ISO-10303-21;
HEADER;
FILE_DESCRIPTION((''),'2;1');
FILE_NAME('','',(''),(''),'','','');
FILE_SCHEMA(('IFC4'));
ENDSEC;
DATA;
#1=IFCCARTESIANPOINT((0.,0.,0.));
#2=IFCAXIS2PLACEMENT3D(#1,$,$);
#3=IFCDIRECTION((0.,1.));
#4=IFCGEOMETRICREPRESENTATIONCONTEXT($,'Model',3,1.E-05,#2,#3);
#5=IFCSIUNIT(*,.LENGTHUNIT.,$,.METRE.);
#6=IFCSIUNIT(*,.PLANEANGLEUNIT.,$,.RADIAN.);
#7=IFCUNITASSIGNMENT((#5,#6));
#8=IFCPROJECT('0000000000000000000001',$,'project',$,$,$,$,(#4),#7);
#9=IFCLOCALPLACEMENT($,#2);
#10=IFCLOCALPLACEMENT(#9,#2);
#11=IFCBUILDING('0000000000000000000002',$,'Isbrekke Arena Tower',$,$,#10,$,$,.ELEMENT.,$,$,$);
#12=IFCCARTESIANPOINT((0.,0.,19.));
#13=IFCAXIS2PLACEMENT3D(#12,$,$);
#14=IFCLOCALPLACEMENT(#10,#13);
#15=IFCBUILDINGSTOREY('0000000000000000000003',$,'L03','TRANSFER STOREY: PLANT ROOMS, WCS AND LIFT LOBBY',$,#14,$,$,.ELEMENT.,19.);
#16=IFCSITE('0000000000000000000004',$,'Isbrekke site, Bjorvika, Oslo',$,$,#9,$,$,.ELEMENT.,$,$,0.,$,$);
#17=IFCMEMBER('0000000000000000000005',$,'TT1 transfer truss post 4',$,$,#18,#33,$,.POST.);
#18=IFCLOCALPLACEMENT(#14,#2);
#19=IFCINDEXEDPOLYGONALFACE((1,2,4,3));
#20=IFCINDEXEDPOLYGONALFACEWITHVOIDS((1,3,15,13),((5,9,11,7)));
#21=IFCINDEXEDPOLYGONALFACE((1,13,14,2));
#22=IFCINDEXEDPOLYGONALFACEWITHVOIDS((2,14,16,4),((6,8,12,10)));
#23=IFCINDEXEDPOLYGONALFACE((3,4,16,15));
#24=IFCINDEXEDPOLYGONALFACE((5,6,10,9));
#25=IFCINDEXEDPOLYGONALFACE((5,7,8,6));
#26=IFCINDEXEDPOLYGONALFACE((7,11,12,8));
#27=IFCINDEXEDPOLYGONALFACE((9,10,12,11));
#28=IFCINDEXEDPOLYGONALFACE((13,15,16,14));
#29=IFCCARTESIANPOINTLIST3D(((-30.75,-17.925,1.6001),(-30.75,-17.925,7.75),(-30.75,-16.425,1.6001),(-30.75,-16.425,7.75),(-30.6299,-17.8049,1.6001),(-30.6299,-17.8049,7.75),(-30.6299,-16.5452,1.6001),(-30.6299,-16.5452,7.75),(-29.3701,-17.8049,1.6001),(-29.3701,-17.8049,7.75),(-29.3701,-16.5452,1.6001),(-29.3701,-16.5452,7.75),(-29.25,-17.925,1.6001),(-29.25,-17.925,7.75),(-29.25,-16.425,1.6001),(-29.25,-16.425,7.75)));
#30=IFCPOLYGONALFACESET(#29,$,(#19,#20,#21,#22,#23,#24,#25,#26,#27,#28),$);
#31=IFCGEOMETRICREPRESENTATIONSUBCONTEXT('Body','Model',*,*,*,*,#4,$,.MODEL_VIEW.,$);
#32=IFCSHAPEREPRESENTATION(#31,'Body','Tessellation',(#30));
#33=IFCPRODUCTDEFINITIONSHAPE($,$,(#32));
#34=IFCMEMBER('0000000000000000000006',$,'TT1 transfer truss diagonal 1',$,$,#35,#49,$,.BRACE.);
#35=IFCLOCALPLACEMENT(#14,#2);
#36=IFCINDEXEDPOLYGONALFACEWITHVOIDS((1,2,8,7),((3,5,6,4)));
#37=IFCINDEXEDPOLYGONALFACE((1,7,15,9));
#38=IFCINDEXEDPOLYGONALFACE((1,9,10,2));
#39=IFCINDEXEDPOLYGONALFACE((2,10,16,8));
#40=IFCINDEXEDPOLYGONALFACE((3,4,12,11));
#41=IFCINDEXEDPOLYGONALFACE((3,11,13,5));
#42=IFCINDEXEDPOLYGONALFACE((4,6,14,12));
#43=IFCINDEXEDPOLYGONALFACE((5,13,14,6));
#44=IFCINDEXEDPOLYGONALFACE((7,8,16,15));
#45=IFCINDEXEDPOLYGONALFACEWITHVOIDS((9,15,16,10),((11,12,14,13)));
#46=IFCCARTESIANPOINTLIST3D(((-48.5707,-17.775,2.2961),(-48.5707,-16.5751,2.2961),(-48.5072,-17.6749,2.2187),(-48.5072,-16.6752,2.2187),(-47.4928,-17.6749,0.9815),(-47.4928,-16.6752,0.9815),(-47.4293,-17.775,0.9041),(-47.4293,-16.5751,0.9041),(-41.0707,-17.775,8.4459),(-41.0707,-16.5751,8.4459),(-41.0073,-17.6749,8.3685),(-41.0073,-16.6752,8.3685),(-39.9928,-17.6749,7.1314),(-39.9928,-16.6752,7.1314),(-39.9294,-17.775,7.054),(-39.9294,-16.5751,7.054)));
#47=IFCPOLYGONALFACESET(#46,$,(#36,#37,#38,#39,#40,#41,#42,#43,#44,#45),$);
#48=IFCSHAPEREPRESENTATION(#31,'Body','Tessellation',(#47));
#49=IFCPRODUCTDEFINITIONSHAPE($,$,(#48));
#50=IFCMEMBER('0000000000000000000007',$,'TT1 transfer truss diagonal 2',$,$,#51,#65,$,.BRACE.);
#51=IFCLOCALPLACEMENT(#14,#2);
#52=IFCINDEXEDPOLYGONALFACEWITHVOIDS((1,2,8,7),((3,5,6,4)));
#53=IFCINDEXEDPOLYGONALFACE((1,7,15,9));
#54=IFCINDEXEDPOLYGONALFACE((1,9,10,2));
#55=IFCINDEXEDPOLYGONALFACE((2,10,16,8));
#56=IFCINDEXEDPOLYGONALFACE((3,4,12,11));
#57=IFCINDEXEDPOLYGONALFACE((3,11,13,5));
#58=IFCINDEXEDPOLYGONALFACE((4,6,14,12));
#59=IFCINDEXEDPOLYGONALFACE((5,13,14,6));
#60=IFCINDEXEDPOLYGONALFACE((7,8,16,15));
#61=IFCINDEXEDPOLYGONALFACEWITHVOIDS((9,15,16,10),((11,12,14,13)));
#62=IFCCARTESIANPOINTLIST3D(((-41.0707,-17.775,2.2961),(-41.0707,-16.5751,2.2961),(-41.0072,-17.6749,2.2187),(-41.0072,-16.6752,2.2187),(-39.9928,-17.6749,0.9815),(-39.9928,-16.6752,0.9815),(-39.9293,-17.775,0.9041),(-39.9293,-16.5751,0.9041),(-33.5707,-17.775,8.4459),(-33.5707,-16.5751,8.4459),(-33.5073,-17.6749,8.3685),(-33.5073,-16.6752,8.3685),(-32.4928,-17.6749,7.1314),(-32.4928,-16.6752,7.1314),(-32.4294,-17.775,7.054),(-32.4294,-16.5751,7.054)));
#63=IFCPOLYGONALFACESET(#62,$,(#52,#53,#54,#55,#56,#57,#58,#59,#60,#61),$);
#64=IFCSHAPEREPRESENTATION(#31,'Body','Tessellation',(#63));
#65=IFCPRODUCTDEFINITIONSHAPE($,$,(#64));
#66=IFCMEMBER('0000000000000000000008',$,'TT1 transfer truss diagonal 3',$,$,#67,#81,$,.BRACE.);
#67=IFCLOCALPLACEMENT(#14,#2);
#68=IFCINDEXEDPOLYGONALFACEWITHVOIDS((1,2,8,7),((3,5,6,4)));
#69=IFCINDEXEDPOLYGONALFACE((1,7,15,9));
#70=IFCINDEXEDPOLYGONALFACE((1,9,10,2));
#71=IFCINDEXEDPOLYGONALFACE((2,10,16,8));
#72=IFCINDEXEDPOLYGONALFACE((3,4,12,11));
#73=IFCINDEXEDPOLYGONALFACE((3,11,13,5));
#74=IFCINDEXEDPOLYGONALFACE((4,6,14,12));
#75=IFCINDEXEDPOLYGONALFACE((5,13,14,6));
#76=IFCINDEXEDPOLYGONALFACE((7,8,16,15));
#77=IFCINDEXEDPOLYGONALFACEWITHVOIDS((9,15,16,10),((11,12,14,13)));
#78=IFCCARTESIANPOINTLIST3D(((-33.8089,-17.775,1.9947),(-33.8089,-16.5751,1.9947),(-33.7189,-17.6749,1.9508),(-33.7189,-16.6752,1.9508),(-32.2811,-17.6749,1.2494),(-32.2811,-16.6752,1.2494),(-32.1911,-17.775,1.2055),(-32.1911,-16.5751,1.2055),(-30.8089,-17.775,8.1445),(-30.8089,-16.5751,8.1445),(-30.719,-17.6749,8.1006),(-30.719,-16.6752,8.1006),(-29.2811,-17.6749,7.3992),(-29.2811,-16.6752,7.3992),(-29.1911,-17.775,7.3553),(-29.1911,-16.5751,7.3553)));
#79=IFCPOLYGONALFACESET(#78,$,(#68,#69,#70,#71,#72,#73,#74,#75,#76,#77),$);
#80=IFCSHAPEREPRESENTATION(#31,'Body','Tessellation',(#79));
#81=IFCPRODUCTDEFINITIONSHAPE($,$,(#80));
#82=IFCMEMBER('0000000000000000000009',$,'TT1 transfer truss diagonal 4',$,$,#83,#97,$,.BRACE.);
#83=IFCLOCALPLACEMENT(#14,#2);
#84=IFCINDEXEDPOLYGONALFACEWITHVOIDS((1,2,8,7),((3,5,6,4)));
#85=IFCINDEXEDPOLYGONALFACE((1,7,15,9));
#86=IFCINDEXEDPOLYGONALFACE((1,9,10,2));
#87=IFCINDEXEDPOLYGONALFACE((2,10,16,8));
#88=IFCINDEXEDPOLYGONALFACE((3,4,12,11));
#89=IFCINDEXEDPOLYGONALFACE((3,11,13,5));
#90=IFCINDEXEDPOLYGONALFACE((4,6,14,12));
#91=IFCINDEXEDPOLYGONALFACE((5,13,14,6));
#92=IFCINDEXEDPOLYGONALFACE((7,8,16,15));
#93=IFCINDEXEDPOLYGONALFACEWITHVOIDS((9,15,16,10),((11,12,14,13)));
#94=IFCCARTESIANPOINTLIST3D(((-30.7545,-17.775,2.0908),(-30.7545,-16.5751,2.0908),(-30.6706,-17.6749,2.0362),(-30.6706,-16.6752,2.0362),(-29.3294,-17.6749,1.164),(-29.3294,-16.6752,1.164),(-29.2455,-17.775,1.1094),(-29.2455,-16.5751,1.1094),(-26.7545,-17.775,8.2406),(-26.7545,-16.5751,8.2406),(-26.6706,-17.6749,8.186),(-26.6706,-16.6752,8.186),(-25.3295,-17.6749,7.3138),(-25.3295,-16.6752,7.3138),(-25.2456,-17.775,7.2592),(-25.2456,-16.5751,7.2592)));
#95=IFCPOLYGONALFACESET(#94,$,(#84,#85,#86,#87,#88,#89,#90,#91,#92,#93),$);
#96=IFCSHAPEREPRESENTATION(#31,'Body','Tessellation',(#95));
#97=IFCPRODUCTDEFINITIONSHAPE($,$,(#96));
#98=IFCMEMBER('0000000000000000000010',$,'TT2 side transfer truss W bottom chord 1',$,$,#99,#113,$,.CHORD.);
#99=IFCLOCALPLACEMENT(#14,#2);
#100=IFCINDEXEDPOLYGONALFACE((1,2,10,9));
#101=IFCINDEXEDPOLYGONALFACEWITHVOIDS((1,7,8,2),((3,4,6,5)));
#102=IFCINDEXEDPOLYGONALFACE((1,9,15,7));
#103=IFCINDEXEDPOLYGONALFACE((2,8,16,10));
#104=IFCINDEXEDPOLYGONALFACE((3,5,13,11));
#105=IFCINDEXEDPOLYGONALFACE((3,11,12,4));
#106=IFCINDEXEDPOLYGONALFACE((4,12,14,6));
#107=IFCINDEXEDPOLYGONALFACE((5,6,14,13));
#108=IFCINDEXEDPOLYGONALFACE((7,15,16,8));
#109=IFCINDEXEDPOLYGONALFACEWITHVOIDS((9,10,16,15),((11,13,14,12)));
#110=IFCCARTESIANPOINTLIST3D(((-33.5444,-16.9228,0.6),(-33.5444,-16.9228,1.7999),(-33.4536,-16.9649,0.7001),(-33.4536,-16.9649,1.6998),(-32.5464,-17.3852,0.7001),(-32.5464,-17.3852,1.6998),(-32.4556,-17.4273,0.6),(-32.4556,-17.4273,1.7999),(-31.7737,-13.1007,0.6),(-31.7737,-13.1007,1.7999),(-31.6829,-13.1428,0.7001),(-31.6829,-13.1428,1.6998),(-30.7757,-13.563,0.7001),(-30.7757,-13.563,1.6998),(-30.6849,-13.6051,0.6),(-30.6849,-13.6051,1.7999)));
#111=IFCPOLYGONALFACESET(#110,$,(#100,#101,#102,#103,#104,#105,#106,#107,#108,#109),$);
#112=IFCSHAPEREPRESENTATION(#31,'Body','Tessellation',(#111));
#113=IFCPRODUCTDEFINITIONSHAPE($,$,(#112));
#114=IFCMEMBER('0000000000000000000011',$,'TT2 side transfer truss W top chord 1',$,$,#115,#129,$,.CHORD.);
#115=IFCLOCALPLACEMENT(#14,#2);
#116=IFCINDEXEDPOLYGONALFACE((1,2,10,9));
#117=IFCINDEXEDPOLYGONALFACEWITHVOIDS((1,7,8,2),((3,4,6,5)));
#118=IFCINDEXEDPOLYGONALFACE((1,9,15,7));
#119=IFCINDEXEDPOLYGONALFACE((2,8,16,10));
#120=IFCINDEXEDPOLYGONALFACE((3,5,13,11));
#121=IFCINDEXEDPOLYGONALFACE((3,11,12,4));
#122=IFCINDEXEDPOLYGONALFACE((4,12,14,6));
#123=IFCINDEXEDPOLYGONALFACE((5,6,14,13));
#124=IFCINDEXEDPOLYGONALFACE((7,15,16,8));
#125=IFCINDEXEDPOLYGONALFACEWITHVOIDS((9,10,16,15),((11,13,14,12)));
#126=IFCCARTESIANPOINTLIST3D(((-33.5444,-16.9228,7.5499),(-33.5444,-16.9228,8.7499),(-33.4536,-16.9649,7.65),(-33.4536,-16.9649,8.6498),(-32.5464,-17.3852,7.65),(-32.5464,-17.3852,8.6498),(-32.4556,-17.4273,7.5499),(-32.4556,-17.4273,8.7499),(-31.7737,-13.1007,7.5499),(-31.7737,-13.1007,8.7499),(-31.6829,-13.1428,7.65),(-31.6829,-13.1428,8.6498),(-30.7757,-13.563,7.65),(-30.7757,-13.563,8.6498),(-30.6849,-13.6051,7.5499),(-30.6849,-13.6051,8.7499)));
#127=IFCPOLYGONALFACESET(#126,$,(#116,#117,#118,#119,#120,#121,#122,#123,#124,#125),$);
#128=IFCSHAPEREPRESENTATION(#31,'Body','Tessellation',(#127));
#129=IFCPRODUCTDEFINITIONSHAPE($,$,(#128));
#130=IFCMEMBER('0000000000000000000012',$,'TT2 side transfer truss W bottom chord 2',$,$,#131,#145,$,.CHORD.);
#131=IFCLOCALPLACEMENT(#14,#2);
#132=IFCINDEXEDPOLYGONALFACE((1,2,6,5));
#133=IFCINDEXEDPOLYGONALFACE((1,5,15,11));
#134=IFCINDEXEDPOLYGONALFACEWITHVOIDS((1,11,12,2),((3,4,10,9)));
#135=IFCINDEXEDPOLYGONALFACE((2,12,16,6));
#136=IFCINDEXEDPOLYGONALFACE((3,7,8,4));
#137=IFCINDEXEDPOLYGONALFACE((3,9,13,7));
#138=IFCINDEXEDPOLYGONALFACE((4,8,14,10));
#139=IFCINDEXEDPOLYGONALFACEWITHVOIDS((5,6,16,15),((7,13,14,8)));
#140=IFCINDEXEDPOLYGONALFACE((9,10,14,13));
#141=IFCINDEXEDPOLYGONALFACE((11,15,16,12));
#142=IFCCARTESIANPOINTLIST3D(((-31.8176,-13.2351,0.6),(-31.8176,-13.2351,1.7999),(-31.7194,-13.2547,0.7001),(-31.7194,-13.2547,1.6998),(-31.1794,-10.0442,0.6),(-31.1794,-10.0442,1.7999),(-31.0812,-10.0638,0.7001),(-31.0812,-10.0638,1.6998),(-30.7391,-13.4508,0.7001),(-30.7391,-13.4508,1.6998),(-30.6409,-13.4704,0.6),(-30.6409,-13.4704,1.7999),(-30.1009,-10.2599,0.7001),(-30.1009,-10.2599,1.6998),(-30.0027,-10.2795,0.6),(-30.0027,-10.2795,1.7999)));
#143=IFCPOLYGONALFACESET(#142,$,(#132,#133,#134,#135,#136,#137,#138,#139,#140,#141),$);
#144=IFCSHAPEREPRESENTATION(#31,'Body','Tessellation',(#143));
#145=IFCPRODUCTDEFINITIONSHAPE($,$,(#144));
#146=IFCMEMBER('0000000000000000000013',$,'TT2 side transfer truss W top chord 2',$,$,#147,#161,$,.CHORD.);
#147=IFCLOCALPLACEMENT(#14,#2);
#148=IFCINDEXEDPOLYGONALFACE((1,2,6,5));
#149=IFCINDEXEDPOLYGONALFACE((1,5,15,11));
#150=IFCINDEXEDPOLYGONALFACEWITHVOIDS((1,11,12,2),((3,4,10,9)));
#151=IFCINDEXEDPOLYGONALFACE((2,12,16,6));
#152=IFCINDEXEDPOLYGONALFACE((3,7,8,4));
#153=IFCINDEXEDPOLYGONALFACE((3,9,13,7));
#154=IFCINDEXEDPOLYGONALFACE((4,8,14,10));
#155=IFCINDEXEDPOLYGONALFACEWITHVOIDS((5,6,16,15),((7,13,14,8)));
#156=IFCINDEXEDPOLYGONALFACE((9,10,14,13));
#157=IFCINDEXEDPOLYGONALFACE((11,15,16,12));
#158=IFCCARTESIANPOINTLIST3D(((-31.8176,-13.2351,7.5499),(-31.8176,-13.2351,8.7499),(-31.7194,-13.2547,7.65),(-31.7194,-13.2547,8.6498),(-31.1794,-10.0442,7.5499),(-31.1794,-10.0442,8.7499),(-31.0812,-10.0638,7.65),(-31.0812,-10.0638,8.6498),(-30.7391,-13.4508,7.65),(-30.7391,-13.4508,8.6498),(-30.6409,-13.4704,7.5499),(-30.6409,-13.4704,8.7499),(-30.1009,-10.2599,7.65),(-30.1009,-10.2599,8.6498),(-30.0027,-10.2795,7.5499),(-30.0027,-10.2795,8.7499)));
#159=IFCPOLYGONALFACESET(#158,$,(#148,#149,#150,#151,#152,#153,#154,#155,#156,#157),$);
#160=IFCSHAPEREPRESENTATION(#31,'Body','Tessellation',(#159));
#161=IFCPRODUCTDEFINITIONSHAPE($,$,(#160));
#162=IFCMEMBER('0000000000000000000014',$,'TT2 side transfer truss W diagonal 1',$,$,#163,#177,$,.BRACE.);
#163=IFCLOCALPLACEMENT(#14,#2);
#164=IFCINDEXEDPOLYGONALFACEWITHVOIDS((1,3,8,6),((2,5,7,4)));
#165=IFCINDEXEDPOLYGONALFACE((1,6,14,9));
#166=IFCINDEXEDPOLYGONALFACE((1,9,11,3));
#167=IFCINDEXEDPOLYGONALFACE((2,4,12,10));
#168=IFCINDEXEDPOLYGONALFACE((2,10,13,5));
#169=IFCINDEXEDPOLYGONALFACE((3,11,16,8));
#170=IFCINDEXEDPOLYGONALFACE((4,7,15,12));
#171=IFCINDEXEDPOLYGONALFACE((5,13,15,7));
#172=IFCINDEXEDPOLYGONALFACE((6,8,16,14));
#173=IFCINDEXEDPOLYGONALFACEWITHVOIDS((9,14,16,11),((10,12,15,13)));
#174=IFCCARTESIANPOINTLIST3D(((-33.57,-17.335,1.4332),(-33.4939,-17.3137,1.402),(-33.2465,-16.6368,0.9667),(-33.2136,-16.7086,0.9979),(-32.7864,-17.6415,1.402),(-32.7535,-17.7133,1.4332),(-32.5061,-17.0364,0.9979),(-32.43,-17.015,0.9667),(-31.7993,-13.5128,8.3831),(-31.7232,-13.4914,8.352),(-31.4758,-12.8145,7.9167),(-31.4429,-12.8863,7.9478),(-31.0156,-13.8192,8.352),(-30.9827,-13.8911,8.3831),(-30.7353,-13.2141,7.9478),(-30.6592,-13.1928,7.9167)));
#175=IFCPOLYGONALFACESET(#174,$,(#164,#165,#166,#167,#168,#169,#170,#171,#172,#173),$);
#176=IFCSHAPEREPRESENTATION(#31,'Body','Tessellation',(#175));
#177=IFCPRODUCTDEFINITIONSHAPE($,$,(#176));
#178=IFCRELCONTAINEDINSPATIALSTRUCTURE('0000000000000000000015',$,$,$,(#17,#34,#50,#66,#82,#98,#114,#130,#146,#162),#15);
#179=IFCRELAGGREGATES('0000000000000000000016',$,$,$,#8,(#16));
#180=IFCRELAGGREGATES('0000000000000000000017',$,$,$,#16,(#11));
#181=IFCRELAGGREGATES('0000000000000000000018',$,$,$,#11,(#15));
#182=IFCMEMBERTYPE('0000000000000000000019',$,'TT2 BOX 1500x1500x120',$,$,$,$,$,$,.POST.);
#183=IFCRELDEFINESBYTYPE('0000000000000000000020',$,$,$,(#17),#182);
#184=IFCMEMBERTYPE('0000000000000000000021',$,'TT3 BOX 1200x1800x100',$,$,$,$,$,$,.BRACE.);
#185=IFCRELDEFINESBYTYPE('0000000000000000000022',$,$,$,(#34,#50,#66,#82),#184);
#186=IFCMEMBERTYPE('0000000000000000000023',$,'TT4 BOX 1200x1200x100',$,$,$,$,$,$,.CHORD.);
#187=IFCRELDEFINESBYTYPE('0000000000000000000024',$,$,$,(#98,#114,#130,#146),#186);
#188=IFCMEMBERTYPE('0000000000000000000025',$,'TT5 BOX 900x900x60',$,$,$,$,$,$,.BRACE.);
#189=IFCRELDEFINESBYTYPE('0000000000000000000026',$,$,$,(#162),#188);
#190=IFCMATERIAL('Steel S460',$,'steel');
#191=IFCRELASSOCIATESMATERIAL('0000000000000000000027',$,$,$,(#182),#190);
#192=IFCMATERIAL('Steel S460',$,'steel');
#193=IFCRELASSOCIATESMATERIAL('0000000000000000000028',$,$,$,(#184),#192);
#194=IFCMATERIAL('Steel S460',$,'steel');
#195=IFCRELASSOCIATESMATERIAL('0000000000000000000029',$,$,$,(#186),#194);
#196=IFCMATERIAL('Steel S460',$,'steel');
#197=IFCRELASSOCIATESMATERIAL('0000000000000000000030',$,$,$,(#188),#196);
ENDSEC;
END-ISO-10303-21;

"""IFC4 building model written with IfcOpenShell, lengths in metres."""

from ifc_helpers import new_model, si_unit, direction, frame, origin, origin_2d, place, context, subcontext, project, spatial, hollow_rectangle, extrude, material, material_profile, profile_set, type_object, element, save


model = new_model("IFC4")

# Units and contexts
model_context = context("Model", 3, precision=1e-05, world=origin(), true_north=direction((0.0, 1.0)))
body_context = subcontext(model_context, "Body", "Model", "MODEL_VIEW")
ifc_project = project(units=[si_unit("LENGTHUNIT", "METRE"), si_unit("PLANEANGLEUNIT", "RADIAN")], contexts=[model_context])

# Site, building, storey
site_placement = place(None, origin())
site = spatial("IfcSite", under=ifc_project, at=site_placement, Name="Isbrekke site, Bjorvika, Oslo", CompositionType="ELEMENT", RefElevation=0.0)
building_placement = place(site_placement, origin())
building = spatial("IfcBuilding", under=site, at=building_placement, Name="Isbrekke Arena Tower", CompositionType="ELEMENT")
storey_placement = place(building_placement, frame((0.0, 0.0, 19.0)))
storey = spatial("IfcBuildingStorey", under=building, at=storey_placement, Name="L03", Description="TRANSFER STOREY: PLANT ROOMS, WCS AND LIFT LOBBY", CompositionType="ELEMENT", Elevation=19.0)

# Members
ifc_material_1 = material(Name="Steel S460", Category="steel")
ifc_material_profile_1 = material_profile(ifc_material_1, hollow_rectangle(XDim=1.5, YDim=1.5, WallThickness=0.1201, at=origin_2d()), Name="BOX 1500x1500x120")
ifc_profile_set_1 = profile_set([ifc_material_profile_1], Name="Steel S460")
member_type_1 = type_object("IfcMemberType", Name="TT2 BOX 1500x1500x120", PredefinedType="POST", material=ifc_profile_set_1)
for number, where, z_axis, x_axis, name in (
    (1, (-30.0, -17.175, 1.6001), (0.0, 0.0, 1.0), (1.0, 0.0, 0.0), "TT1 transfer truss post 4"),
):
    element("IfcMember", number, at=place(storey_placement, frame(where, z_axis=z_axis, x_axis=x_axis)), inside=storey, type_object=member_type_1, Name=name, PredefinedType="POST", context=body_context, shape_type="SweptSolid", body=[
        extrude(hollow_rectangle(XDim=1.5, YDim=1.5, WallThickness=0.1201, at=origin_2d()), origin(), (0.0, 0.0, 1.0), 6.1499),
    ])
ifc_material_2 = material(Name="Steel S460", Category="steel")
ifc_material_profile_2 = material_profile(ifc_material_2, hollow_rectangle(XDim=1.2, YDim=1.8, WallThickness=0.1001, at=origin_2d()), Name="BOX 1200x1800x100")
ifc_profile_set_2 = profile_set([ifc_material_profile_2], Name="Steel S460")
member_type_2 = type_object("IfcMemberType", Name="TT3 BOX 1200x1800x100", PredefinedType="BRACE", material=ifc_profile_set_2)
for number, where, z_axis, x_axis, name in (
    (2, (-48.0, -17.175, 1.6001), (0.773273, 0.0, 0.634074), (0.0, 1.0, 0.0), "TT1 transfer truss diagonal 1"),
    (3, (-40.5, -17.175, 1.6001), (0.773273, 0.0, 0.634074), (0.0, 1.0, 0.0), "TT1 transfer truss diagonal 2"),
):
    element("IfcMember", number, at=place(storey_placement, frame(where, z_axis=z_axis, x_axis=x_axis)), inside=storey, type_object=member_type_2, Name=name, PredefinedType="BRACE", context=body_context, shape_type="SweptSolid", body=[
        extrude(hollow_rectangle(XDim=1.2, YDim=1.8, WallThickness=0.1001, at=origin_2d()), origin(), (0.0, 0.0, 1.0), 9.699),
    ])
member_1_placement = place(storey_placement, frame((-33.0, -17.175, 1.6001), z_axis=(0.438429, 0.0, 0.898766), x_axis=(0.0, 1.0, 0.0)))
element("IfcMember", 4, at=member_1_placement, inside=storey, type_object=member_type_2, Name="TT1 transfer truss diagonal 3", PredefinedType="BRACE", context=body_context, shape_type="SweptSolid", body=[
    extrude(hollow_rectangle(XDim=1.2, YDim=1.8, WallThickness=0.1001, at=origin_2d()), origin(), (0.0, 0.0, 1.0), 6.8425),
])
member_2_placement = place(storey_placement, frame((-30.0, -17.175, 1.6001), z_axis=(0.545234, 0.0, 0.838284), x_axis=(0.0, 1.0, 0.0)))
element("IfcMember", 5, at=member_2_placement, inside=storey, type_object=member_type_2, Name="TT1 transfer truss diagonal 4", PredefinedType="BRACE", context=body_context, shape_type="SweptSolid", body=[
    extrude(hollow_rectangle(XDim=1.2, YDim=1.8, WallThickness=0.1001, at=origin_2d()), origin(), (0.0, 0.0, 1.0), 7.3362),
])
ifc_material_3 = material(Name="Steel S460", Category="steel")
ifc_material_profile_3 = material_profile(ifc_material_3, hollow_rectangle(XDim=1.2, YDim=1.2, WallThickness=0.1001, at=origin_2d()), Name="BOX 1200x1200x100")
ifc_profile_set_3 = profile_set([ifc_material_profile_3], Name="Steel S460")
member_type_3 = type_object("IfcMemberType", Name="TT4 BOX 1200x1200x100", PredefinedType="CHORD", material=ifc_profile_set_3)
for number, where, z_axis, x_axis, name in (
    (6, (-33.0, -17.175, 1.2), (0.420355, 0.90736, 0.0), (-0.90736, 0.420355, 0.0), "TT2 side transfer truss W bottom chord 1"),
    (7, (-33.0, -17.175, 8.1499), (0.420355, 0.90736, 0.0), (-0.90736, 0.420355, 0.0), "TT2 side transfer truss W top chord 1"),
):
    element("IfcMember", number, at=place(storey_placement, frame(where, z_axis=z_axis, x_axis=x_axis)), inside=storey, type_object=member_type_3, Name=name, PredefinedType="CHORD", context=body_context, shape_type="SweptSolid", body=[
        extrude(hollow_rectangle(XDim=1.2, YDim=1.2, WallThickness=0.1001, at=origin_2d()), origin(), (0.0, 0.0, 1.0), 4.2124),
    ])
for number, where, z_axis, x_axis, name in (
    (8, (-31.2292, -13.3528, 1.2), (0.196116, 0.980581, 0.0), (-0.980581, 0.196116, 0.0), "TT2 side transfer truss W bottom chord 2"),
    (9, (-31.2292, -13.3528, 8.1499), (0.196116, 0.980581, 0.0), (-0.980581, 0.196116, 0.0), "TT2 side transfer truss W top chord 2"),
):
    element("IfcMember", number, at=place(storey_placement, frame(where, z_axis=z_axis, x_axis=x_axis)), inside=storey, type_object=member_type_3, Name=name, PredefinedType="CHORD", context=body_context, shape_type="SweptSolid", body=[
        extrude(hollow_rectangle(XDim=1.2, YDim=1.2, WallThickness=0.1001, at=origin_2d()), origin(), (0.0, 0.0, 1.0), 3.2542),
    ])
ifc_material_4 = material(Name="Steel S460", Category="steel")
ifc_material_profile_4 = material_profile(ifc_material_4, hollow_rectangle(XDim=0.8999, YDim=0.8999, WallThickness=0.0601, at=origin_2d()), Name="BOX 900x900x60")
ifc_profile_set_4 = profile_set([ifc_material_profile_4], Name="Steel S460")
member_type_4 = type_object("IfcMemberType", Name="TT5 BOX 900x900x60", PredefinedType="BRACE", material=ifc_profile_set_4)
member_3_placement = place(storey_placement, frame((-33.0, -17.175, 1.2), z_axis=(0.217887, 0.470321, 0.855175), x_axis=(-0.90736, 0.420355, 0.0)))
element("IfcMember", 10, at=member_3_placement, inside=storey, type_object=member_type_4, Name="TT2 side transfer truss W diagonal 1", PredefinedType="BRACE", context=body_context, shape_type="SweptSolid", body=[
    extrude(hollow_rectangle(XDim=0.8999, YDim=0.8999, WallThickness=0.0601, at=origin_2d()), origin(), (0.0, 0.0, 1.0), 8.127),
])

save(model, "model.ifc")
